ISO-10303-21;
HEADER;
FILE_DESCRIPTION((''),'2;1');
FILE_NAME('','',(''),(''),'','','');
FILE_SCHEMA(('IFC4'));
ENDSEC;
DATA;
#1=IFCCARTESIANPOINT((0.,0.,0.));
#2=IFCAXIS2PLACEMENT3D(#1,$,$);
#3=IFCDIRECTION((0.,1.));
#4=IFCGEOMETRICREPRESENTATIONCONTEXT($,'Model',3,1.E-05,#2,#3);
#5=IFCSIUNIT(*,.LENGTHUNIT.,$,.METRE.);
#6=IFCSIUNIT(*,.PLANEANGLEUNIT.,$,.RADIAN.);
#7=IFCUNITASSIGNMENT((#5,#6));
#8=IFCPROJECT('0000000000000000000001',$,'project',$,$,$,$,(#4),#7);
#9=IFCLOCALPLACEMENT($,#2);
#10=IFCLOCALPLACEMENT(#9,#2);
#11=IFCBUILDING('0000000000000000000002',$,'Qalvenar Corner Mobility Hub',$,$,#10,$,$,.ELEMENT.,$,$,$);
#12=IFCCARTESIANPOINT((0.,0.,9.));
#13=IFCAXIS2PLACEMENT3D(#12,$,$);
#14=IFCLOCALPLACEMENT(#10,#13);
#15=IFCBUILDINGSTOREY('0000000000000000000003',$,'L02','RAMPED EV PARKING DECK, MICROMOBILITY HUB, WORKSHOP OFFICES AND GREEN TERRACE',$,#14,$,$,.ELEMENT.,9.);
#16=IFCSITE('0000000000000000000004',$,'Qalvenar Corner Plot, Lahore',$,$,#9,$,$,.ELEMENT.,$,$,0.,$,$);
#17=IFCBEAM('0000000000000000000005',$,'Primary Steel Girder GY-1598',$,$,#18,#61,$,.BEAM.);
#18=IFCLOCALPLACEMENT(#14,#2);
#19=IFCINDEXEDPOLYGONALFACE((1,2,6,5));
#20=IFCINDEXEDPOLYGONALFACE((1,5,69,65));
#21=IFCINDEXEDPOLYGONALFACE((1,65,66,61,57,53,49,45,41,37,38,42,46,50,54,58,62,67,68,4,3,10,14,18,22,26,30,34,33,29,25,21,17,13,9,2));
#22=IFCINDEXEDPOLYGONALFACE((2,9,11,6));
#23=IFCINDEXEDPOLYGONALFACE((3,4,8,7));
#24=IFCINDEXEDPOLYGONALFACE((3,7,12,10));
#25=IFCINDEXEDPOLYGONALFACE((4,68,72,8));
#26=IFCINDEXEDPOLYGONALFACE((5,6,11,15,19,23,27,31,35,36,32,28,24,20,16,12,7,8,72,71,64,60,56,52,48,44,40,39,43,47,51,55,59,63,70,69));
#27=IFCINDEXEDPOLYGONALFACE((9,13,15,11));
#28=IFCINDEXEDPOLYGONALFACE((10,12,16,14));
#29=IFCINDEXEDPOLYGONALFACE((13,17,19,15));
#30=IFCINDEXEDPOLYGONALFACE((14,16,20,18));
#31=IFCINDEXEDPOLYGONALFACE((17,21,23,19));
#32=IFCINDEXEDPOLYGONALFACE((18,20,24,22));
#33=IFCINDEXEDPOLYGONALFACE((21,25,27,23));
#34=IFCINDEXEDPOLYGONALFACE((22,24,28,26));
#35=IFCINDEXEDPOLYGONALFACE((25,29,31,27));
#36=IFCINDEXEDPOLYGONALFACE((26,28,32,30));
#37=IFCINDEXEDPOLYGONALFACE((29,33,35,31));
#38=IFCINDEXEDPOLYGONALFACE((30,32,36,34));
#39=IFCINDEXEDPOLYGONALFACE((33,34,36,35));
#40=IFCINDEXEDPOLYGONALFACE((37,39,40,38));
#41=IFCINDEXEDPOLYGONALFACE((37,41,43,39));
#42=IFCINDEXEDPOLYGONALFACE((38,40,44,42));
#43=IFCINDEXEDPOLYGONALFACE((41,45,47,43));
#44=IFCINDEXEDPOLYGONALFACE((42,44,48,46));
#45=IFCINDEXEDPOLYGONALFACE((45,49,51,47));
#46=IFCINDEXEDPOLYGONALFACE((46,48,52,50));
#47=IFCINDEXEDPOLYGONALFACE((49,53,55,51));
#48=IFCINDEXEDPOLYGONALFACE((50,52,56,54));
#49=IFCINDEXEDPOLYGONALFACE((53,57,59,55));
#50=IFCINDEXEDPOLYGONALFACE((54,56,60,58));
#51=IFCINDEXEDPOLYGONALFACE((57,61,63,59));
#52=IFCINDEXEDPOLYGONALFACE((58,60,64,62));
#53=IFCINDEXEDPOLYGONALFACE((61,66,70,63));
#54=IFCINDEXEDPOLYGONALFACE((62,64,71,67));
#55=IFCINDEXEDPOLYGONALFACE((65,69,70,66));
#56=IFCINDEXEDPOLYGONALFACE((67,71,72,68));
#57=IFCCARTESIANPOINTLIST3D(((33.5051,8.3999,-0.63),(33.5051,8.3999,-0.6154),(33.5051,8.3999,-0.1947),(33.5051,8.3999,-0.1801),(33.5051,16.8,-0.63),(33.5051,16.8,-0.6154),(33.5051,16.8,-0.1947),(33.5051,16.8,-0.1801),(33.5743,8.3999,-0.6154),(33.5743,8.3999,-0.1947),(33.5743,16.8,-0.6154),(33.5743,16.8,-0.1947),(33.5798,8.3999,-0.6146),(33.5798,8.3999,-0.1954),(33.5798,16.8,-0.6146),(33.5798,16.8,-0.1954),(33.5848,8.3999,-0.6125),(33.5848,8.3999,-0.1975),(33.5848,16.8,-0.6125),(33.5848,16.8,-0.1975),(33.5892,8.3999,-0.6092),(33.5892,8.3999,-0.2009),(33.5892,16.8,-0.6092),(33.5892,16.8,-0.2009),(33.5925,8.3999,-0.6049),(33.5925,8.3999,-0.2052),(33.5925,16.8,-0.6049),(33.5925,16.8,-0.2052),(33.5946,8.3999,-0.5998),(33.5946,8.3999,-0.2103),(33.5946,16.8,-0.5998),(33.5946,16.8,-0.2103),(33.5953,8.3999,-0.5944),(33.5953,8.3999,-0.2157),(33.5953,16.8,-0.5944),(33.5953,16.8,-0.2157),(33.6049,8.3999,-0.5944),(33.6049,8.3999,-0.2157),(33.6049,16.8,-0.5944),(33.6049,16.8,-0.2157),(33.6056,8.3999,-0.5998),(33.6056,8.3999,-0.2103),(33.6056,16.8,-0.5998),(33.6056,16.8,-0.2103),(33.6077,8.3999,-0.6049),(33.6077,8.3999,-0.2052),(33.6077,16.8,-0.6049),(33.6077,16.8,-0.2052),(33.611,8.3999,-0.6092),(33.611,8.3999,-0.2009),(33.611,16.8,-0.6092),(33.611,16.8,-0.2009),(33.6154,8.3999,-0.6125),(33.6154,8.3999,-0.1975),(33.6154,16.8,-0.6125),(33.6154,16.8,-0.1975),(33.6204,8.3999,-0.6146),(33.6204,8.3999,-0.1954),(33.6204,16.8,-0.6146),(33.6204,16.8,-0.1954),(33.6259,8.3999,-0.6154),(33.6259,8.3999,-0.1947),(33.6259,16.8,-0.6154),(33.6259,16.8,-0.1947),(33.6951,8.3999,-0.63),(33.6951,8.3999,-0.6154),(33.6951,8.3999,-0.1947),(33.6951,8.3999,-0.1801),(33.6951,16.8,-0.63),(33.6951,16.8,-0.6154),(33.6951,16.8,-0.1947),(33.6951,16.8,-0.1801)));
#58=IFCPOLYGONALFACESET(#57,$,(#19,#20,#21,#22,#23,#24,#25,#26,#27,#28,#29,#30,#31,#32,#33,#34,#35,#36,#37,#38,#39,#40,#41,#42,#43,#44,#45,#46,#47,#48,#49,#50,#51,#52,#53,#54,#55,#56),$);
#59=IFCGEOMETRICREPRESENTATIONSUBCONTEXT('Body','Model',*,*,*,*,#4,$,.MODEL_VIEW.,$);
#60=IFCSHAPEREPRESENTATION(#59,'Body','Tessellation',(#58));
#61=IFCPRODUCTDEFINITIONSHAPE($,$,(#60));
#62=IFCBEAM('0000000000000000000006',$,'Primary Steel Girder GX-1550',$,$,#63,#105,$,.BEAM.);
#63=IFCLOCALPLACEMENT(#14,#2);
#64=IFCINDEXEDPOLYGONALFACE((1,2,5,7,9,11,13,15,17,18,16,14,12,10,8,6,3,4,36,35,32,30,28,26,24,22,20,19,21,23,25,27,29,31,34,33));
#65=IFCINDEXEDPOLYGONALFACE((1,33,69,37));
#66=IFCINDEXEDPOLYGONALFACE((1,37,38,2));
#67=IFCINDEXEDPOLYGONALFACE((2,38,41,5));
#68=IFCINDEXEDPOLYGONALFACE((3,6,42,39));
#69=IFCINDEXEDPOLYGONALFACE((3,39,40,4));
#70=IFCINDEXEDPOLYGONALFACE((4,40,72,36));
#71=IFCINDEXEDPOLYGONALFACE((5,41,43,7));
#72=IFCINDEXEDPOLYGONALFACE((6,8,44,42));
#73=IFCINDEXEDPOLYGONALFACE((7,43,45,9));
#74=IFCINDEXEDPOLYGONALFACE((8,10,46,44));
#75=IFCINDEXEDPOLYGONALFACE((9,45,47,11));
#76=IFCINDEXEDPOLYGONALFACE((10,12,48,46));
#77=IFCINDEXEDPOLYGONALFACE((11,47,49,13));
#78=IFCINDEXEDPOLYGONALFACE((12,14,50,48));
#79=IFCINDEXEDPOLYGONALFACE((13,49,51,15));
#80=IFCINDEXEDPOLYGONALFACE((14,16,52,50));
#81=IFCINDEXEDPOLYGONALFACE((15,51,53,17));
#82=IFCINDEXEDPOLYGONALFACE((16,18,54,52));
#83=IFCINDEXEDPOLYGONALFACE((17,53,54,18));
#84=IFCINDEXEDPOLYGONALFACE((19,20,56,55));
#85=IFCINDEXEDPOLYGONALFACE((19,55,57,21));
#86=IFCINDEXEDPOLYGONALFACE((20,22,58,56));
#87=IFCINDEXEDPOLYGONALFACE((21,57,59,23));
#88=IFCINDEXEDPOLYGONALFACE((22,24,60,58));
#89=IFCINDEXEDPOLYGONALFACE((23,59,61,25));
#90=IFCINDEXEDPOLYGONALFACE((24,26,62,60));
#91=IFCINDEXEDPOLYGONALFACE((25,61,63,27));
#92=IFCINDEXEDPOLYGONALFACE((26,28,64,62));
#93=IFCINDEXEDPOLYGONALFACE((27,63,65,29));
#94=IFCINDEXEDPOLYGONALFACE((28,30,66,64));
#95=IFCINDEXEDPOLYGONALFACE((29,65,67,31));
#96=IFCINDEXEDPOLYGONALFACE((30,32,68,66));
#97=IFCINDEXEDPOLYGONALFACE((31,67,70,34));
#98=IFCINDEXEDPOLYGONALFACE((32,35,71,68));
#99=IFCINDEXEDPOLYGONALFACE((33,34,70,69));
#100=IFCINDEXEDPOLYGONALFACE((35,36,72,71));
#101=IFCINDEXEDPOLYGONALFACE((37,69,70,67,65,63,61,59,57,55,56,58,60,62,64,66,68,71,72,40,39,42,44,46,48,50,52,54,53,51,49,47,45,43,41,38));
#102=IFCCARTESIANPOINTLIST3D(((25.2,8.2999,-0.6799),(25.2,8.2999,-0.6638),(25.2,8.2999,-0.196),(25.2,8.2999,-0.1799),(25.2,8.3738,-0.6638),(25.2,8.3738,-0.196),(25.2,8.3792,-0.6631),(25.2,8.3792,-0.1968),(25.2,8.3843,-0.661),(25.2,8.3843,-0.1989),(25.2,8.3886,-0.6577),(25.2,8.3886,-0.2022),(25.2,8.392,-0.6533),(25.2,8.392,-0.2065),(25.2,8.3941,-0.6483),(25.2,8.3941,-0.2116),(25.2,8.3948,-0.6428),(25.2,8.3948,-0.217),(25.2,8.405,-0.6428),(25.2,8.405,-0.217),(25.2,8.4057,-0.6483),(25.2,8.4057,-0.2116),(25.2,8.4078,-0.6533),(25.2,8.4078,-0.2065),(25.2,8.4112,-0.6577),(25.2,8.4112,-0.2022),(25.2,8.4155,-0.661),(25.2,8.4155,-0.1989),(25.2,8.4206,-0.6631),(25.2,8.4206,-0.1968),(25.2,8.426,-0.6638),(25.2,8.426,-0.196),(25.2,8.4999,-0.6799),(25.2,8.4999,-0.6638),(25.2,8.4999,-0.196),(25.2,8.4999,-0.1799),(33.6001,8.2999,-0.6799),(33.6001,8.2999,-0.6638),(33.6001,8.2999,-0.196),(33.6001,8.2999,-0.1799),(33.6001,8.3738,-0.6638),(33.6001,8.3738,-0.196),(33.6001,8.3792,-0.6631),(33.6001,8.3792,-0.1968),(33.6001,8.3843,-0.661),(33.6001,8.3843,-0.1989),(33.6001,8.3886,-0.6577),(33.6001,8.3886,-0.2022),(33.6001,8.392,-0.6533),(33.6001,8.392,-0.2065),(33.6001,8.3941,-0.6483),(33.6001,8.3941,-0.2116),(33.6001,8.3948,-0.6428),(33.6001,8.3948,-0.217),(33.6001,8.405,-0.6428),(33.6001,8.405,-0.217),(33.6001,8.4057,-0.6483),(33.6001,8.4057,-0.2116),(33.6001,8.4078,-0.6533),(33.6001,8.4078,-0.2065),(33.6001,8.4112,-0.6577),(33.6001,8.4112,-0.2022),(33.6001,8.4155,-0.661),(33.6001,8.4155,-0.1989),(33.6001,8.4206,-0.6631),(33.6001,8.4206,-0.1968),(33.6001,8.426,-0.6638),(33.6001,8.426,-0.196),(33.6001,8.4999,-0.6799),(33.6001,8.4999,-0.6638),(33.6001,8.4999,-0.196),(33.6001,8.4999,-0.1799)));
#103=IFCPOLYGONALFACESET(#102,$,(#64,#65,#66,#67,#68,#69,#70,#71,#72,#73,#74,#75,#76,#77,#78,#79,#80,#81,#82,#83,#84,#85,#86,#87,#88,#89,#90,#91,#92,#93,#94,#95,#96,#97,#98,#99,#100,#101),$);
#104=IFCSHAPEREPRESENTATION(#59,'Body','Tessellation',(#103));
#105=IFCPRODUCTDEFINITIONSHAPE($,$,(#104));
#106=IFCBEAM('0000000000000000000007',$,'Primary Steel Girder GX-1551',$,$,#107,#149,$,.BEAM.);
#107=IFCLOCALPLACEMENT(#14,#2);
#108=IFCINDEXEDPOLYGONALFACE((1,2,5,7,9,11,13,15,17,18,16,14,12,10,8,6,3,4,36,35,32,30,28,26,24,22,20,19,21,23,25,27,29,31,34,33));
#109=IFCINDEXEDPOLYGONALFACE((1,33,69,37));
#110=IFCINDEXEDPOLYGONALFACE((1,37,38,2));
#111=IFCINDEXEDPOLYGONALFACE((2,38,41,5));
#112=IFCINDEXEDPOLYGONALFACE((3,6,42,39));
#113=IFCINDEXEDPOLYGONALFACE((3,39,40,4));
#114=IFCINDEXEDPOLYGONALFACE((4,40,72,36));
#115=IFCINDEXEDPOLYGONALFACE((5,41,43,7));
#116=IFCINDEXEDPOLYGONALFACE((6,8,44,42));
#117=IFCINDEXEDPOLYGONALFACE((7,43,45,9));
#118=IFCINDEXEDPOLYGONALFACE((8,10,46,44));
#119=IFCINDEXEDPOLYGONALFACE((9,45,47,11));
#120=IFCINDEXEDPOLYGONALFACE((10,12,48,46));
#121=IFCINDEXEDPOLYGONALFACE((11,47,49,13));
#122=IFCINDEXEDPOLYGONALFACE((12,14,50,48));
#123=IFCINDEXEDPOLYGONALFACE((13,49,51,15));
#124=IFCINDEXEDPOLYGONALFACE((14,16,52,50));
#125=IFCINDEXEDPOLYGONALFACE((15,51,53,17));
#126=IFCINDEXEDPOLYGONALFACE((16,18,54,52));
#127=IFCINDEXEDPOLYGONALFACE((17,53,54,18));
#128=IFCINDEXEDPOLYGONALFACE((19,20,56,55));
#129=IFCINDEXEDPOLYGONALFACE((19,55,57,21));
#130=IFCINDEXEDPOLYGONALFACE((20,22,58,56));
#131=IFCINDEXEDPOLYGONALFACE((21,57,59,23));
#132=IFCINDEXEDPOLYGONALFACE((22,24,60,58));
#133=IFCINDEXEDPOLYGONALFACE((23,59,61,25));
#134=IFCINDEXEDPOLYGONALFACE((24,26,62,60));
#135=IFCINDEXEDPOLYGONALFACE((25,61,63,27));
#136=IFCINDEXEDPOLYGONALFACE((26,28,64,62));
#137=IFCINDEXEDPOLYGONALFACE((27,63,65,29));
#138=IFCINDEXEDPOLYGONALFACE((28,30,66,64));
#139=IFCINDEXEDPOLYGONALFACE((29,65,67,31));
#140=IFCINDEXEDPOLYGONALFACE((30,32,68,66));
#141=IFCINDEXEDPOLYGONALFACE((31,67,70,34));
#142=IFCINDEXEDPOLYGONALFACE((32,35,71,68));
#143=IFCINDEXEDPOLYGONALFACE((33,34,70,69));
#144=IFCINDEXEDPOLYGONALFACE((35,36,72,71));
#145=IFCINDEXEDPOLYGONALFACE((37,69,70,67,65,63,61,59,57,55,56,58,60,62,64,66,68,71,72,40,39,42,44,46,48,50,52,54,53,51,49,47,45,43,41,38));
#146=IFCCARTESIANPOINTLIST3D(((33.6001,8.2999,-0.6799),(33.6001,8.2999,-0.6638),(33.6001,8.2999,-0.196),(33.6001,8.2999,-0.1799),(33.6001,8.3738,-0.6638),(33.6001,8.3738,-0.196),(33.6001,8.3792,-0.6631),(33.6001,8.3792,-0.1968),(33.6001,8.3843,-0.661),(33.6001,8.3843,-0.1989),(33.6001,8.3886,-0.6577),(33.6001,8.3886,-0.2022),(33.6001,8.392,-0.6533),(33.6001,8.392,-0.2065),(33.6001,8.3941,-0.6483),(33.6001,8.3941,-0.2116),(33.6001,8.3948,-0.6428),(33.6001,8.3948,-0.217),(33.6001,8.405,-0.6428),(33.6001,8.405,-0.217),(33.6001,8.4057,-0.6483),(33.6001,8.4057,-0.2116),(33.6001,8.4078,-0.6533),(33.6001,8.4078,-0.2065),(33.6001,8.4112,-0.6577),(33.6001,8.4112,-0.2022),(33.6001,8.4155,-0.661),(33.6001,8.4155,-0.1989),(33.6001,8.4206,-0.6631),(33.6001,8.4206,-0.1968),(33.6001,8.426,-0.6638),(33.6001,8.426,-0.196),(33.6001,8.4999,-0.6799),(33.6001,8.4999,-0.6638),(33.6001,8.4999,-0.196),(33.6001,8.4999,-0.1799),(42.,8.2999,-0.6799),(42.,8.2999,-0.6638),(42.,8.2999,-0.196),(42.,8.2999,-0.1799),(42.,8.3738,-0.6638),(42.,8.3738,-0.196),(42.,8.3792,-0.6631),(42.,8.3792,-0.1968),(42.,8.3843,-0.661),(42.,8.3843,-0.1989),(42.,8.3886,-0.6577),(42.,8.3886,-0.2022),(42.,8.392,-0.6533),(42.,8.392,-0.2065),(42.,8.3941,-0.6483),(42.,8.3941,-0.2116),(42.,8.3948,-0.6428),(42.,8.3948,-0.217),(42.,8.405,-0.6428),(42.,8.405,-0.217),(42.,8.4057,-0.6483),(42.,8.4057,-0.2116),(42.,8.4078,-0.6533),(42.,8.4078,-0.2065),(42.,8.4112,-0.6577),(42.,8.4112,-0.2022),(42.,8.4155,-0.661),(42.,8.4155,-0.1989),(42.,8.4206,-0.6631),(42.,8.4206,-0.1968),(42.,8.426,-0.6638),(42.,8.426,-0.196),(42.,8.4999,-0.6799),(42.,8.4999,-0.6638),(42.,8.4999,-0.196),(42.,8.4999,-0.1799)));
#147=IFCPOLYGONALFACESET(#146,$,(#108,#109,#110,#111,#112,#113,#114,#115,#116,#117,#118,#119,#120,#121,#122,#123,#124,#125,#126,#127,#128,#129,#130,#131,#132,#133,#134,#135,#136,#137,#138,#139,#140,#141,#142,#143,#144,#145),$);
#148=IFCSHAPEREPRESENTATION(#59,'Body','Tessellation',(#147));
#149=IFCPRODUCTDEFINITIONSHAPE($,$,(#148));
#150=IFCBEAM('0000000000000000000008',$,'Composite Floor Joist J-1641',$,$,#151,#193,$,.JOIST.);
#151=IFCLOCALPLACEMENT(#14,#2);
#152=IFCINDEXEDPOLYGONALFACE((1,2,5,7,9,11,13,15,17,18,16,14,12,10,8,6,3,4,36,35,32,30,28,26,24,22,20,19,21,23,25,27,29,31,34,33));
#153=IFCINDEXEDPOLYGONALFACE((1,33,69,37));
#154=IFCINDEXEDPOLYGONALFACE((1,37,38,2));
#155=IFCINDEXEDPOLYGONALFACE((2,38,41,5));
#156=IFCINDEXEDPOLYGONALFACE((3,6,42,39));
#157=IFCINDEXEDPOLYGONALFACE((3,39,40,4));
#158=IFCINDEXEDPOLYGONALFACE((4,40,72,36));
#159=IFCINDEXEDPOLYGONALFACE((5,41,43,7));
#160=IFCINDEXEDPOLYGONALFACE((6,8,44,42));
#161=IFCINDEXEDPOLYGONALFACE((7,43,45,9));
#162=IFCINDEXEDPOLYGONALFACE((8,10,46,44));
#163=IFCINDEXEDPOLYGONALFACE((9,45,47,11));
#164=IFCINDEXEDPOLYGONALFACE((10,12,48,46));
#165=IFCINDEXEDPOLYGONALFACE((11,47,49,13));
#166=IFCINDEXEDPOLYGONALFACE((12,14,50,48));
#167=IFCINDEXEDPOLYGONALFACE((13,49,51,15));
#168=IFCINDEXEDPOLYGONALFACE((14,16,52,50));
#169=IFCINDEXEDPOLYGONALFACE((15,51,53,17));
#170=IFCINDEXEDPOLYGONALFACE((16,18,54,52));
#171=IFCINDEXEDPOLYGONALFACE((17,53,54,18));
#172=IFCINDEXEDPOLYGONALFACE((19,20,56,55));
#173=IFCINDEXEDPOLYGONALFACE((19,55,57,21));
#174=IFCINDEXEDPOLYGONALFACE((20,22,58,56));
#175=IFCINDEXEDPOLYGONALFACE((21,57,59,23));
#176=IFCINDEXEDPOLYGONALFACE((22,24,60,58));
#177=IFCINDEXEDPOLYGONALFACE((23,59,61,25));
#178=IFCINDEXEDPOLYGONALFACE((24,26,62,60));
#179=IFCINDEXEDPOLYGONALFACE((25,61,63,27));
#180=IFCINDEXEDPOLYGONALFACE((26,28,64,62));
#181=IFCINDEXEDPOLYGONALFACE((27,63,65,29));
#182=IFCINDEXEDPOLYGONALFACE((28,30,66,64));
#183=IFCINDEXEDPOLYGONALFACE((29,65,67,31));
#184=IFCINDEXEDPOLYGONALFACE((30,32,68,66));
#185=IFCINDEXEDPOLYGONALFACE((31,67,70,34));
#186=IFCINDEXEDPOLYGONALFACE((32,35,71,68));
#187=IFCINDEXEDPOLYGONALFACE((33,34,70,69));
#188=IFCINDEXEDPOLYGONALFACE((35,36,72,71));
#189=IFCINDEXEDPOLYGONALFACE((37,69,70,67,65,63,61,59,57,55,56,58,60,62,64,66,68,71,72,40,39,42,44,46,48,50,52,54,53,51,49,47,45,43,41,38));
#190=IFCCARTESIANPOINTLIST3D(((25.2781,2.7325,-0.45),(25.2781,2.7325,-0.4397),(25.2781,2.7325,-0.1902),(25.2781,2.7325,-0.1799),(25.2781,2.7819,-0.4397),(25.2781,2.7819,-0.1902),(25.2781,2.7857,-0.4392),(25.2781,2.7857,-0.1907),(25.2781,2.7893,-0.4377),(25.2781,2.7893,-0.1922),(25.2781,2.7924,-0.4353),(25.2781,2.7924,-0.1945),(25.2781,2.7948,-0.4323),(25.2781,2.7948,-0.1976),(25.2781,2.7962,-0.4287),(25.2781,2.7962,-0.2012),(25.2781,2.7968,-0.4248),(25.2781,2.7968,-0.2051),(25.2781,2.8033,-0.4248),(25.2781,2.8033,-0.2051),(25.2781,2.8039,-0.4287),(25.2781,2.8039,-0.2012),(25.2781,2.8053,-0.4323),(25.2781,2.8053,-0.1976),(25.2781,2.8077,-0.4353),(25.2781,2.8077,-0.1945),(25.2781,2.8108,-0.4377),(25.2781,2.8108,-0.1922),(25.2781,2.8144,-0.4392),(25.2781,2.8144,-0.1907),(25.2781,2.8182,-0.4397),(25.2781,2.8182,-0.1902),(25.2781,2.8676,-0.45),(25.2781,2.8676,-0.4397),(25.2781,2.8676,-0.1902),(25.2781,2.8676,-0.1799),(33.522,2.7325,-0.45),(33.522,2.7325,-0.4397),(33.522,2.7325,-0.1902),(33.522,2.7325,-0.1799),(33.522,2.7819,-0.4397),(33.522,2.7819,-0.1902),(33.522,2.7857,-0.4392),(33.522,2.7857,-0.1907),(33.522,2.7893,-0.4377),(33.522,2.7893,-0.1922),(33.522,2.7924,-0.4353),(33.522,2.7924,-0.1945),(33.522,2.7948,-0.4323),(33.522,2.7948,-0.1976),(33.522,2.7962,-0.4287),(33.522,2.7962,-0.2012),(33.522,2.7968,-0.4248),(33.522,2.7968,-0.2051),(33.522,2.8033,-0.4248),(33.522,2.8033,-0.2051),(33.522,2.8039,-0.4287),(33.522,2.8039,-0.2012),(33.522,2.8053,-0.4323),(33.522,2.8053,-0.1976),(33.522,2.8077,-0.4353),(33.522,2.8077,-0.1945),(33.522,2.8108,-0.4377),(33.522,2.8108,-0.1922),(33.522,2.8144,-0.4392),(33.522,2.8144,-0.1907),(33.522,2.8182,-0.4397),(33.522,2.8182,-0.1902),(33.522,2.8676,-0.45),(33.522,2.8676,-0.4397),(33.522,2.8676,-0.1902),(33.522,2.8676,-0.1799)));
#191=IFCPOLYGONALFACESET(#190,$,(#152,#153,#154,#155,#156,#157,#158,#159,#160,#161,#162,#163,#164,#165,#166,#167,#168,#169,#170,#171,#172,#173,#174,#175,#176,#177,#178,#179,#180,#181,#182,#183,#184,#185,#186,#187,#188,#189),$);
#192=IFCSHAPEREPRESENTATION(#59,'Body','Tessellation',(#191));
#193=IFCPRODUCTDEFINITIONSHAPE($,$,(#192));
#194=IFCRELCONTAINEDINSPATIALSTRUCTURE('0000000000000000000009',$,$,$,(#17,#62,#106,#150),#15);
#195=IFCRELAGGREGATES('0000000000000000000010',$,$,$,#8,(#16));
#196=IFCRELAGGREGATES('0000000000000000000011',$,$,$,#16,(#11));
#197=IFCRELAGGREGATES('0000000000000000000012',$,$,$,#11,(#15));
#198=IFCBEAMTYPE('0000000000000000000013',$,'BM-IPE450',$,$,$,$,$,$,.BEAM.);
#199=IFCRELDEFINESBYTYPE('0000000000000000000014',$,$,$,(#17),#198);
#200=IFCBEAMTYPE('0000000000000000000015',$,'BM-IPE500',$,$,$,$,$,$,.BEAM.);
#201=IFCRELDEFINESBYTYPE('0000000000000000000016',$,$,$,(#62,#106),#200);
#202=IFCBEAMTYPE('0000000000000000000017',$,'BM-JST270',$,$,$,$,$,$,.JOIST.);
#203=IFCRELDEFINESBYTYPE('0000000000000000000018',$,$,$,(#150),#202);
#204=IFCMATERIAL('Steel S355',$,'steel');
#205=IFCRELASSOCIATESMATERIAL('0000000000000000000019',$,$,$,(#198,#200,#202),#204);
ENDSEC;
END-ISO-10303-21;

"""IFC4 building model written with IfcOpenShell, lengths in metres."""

from ifc_helpers import new_model, si_unit, direction, frame, origin, origin_2d, place, context, subcontext, project, spatial, i_section, extrude, material, material_profile, profile_set, type_object, element, save


model = new_model("IFC4")

# Units and contexts
model_context = context("Model", 3, precision=1e-05, world=origin(), true_north=direction((0.0, 1.0)))
body_context = subcontext(model_context, "Body", "Model", "MODEL_VIEW")
ifc_project = project(units=[si_unit("LENGTHUNIT", "METRE"), si_unit("PLANEANGLEUNIT", "RADIAN")], contexts=[model_context])

# Site, building, storey
site_placement = place(None, origin())
site = spatial("IfcSite", under=ifc_project, at=site_placement, Name="Qalvenar Corner Plot, Lahore", CompositionType="ELEMENT", RefElevation=0.0)
building_placement = place(site_placement, origin())
building = spatial("IfcBuilding", under=site, at=building_placement, Name="Qalvenar Corner Mobility Hub", CompositionType="ELEMENT")
storey_placement = place(building_placement, frame((0.0, 0.0, 9.0)))
storey = spatial("IfcBuildingStorey", under=building, at=storey_placement, Name="L02", Description="RAMPED EV PARKING DECK, MICROMOBILITY HUB, WORKSHOP OFFICES AND GREEN TERRACE", CompositionType="ELEMENT", Elevation=9.0)

# Shared definitions
ifc_material_1 = material(Name="Steel S355", Category="steel")

# Beams
ifc_material_profile_1 = material_profile(ifc_material_1, i_section(OverallWidth=0.1899, OverallDepth=0.45, WebThickness=0.0095, FlangeThickness=0.0146, FilletRadius=0.021, at=origin_2d()), Name="IPE450")
ifc_profile_set_1 = profile_set([ifc_material_profile_1], Name="Steel S355")
beam_type_1 = type_object("IfcBeamType", Name="BM-IPE450", PredefinedType="BEAM", material=ifc_profile_set_1)
beam_1_placement = place(storey_placement, frame((33.6001, 8.3999, -0.405), z_axis=(0.0, 1.0, 0.0), x_axis=(-1.0, 0.0, 0.0)))
element("IfcBeam", 1, at=beam_1_placement, inside=storey, type_object=beam_type_1, Name="Primary Steel Girder GY-1598", PredefinedType="BEAM", context=body_context, shape_type="SweptSolid", body=[
    extrude(i_section(OverallWidth=0.1899, OverallDepth=0.45, WebThickness=0.0095, FlangeThickness=0.0146, FilletRadius=0.021, at=origin_2d()), origin(), (0.0, 0.0, 1.0), 8.4001),
])
ifc_material_profile_2 = material_profile(ifc_material_1, i_section(OverallWidth=0.2, OverallDepth=0.5, WebThickness=0.0103, FlangeThickness=0.0161, FilletRadius=0.021, at=origin_2d()), Name="IPE500")
ifc_profile_set_2 = profile_set([ifc_material_profile_2], Name="Steel S355")
beam_type_2 = type_object("IfcBeamType", Name="BM-IPE500", PredefinedType="BEAM", material=ifc_profile_set_2)
beam_2_placement = place(storey_placement, frame((25.2, 8.3999, -0.4299), z_axis=(1.0, 0.0, 0.0), x_axis=(0.0, 1.0, 0.0)))
element("IfcBeam", 2, at=beam_2_placement, inside=storey, type_object=beam_type_2, Name="Primary Steel Girder GX-1550", PredefinedType="BEAM", context=body_context, shape_type="SweptSolid", body=[
    extrude(i_section(OverallWidth=0.2, OverallDepth=0.5, WebThickness=0.0103, FlangeThickness=0.0161, FilletRadius=0.021, at=origin_2d()), origin(), (0.0, 0.0, 1.0), 8.4001),
])
beam_3_placement = place(storey_placement, frame((33.6001, 8.3999, -0.4299), z_axis=(1.0, 0.0, 0.0), x_axis=(0.0, 1.0, 0.0)))
element("IfcBeam", 3, at=beam_3_placement, inside=storey, type_object=beam_type_2, Name="Primary Steel Girder GX-1551", PredefinedType="BEAM", context=body_context, shape_type="SweptSolid", body=[
    extrude(i_section(OverallWidth=0.2, OverallDepth=0.5, WebThickness=0.0103, FlangeThickness=0.0161, FilletRadius=0.021, at=origin_2d()), origin(), (0.0, 0.0, 1.0), 8.3999),
])
ifc_material_profile_3 = material_profile(ifc_material_1, i_section(OverallWidth=0.135, OverallDepth=0.27, WebThickness=0.0066, FlangeThickness=0.0103, FilletRadius=0.0149, at=origin_2d()), Name="IPE270")
ifc_profile_set_3 = profile_set([ifc_material_profile_3], Name="Steel S355")
beam_type_3 = type_object("IfcBeamType", Name="BM-JST270", PredefinedType="JOIST", material=ifc_profile_set_3)
for number, where, z_axis, x_axis, name in (
    (4, (25.2781, 2.8, -0.3149), (1.0, 0.0, 0.0), (0.0, 1.0, 0.0), "Composite Floor Joist J-1641"),
):
    element("IfcBeam", number, at=place(storey_placement, frame(where, z_axis=z_axis, x_axis=x_axis)), inside=storey, type_object=beam_type_3, Name=name, PredefinedType="JOIST", context=body_context, shape_type="SweptSolid", body=[
        extrude(i_section(OverallWidth=0.135, OverallDepth=0.27, WebThickness=0.0066, FlangeThickness=0.0103, FilletRadius=0.0149, at=origin_2d()), origin(), (0.0, 0.0, 1.0), 8.2439),
    ])

save(model, "model.ifc")
